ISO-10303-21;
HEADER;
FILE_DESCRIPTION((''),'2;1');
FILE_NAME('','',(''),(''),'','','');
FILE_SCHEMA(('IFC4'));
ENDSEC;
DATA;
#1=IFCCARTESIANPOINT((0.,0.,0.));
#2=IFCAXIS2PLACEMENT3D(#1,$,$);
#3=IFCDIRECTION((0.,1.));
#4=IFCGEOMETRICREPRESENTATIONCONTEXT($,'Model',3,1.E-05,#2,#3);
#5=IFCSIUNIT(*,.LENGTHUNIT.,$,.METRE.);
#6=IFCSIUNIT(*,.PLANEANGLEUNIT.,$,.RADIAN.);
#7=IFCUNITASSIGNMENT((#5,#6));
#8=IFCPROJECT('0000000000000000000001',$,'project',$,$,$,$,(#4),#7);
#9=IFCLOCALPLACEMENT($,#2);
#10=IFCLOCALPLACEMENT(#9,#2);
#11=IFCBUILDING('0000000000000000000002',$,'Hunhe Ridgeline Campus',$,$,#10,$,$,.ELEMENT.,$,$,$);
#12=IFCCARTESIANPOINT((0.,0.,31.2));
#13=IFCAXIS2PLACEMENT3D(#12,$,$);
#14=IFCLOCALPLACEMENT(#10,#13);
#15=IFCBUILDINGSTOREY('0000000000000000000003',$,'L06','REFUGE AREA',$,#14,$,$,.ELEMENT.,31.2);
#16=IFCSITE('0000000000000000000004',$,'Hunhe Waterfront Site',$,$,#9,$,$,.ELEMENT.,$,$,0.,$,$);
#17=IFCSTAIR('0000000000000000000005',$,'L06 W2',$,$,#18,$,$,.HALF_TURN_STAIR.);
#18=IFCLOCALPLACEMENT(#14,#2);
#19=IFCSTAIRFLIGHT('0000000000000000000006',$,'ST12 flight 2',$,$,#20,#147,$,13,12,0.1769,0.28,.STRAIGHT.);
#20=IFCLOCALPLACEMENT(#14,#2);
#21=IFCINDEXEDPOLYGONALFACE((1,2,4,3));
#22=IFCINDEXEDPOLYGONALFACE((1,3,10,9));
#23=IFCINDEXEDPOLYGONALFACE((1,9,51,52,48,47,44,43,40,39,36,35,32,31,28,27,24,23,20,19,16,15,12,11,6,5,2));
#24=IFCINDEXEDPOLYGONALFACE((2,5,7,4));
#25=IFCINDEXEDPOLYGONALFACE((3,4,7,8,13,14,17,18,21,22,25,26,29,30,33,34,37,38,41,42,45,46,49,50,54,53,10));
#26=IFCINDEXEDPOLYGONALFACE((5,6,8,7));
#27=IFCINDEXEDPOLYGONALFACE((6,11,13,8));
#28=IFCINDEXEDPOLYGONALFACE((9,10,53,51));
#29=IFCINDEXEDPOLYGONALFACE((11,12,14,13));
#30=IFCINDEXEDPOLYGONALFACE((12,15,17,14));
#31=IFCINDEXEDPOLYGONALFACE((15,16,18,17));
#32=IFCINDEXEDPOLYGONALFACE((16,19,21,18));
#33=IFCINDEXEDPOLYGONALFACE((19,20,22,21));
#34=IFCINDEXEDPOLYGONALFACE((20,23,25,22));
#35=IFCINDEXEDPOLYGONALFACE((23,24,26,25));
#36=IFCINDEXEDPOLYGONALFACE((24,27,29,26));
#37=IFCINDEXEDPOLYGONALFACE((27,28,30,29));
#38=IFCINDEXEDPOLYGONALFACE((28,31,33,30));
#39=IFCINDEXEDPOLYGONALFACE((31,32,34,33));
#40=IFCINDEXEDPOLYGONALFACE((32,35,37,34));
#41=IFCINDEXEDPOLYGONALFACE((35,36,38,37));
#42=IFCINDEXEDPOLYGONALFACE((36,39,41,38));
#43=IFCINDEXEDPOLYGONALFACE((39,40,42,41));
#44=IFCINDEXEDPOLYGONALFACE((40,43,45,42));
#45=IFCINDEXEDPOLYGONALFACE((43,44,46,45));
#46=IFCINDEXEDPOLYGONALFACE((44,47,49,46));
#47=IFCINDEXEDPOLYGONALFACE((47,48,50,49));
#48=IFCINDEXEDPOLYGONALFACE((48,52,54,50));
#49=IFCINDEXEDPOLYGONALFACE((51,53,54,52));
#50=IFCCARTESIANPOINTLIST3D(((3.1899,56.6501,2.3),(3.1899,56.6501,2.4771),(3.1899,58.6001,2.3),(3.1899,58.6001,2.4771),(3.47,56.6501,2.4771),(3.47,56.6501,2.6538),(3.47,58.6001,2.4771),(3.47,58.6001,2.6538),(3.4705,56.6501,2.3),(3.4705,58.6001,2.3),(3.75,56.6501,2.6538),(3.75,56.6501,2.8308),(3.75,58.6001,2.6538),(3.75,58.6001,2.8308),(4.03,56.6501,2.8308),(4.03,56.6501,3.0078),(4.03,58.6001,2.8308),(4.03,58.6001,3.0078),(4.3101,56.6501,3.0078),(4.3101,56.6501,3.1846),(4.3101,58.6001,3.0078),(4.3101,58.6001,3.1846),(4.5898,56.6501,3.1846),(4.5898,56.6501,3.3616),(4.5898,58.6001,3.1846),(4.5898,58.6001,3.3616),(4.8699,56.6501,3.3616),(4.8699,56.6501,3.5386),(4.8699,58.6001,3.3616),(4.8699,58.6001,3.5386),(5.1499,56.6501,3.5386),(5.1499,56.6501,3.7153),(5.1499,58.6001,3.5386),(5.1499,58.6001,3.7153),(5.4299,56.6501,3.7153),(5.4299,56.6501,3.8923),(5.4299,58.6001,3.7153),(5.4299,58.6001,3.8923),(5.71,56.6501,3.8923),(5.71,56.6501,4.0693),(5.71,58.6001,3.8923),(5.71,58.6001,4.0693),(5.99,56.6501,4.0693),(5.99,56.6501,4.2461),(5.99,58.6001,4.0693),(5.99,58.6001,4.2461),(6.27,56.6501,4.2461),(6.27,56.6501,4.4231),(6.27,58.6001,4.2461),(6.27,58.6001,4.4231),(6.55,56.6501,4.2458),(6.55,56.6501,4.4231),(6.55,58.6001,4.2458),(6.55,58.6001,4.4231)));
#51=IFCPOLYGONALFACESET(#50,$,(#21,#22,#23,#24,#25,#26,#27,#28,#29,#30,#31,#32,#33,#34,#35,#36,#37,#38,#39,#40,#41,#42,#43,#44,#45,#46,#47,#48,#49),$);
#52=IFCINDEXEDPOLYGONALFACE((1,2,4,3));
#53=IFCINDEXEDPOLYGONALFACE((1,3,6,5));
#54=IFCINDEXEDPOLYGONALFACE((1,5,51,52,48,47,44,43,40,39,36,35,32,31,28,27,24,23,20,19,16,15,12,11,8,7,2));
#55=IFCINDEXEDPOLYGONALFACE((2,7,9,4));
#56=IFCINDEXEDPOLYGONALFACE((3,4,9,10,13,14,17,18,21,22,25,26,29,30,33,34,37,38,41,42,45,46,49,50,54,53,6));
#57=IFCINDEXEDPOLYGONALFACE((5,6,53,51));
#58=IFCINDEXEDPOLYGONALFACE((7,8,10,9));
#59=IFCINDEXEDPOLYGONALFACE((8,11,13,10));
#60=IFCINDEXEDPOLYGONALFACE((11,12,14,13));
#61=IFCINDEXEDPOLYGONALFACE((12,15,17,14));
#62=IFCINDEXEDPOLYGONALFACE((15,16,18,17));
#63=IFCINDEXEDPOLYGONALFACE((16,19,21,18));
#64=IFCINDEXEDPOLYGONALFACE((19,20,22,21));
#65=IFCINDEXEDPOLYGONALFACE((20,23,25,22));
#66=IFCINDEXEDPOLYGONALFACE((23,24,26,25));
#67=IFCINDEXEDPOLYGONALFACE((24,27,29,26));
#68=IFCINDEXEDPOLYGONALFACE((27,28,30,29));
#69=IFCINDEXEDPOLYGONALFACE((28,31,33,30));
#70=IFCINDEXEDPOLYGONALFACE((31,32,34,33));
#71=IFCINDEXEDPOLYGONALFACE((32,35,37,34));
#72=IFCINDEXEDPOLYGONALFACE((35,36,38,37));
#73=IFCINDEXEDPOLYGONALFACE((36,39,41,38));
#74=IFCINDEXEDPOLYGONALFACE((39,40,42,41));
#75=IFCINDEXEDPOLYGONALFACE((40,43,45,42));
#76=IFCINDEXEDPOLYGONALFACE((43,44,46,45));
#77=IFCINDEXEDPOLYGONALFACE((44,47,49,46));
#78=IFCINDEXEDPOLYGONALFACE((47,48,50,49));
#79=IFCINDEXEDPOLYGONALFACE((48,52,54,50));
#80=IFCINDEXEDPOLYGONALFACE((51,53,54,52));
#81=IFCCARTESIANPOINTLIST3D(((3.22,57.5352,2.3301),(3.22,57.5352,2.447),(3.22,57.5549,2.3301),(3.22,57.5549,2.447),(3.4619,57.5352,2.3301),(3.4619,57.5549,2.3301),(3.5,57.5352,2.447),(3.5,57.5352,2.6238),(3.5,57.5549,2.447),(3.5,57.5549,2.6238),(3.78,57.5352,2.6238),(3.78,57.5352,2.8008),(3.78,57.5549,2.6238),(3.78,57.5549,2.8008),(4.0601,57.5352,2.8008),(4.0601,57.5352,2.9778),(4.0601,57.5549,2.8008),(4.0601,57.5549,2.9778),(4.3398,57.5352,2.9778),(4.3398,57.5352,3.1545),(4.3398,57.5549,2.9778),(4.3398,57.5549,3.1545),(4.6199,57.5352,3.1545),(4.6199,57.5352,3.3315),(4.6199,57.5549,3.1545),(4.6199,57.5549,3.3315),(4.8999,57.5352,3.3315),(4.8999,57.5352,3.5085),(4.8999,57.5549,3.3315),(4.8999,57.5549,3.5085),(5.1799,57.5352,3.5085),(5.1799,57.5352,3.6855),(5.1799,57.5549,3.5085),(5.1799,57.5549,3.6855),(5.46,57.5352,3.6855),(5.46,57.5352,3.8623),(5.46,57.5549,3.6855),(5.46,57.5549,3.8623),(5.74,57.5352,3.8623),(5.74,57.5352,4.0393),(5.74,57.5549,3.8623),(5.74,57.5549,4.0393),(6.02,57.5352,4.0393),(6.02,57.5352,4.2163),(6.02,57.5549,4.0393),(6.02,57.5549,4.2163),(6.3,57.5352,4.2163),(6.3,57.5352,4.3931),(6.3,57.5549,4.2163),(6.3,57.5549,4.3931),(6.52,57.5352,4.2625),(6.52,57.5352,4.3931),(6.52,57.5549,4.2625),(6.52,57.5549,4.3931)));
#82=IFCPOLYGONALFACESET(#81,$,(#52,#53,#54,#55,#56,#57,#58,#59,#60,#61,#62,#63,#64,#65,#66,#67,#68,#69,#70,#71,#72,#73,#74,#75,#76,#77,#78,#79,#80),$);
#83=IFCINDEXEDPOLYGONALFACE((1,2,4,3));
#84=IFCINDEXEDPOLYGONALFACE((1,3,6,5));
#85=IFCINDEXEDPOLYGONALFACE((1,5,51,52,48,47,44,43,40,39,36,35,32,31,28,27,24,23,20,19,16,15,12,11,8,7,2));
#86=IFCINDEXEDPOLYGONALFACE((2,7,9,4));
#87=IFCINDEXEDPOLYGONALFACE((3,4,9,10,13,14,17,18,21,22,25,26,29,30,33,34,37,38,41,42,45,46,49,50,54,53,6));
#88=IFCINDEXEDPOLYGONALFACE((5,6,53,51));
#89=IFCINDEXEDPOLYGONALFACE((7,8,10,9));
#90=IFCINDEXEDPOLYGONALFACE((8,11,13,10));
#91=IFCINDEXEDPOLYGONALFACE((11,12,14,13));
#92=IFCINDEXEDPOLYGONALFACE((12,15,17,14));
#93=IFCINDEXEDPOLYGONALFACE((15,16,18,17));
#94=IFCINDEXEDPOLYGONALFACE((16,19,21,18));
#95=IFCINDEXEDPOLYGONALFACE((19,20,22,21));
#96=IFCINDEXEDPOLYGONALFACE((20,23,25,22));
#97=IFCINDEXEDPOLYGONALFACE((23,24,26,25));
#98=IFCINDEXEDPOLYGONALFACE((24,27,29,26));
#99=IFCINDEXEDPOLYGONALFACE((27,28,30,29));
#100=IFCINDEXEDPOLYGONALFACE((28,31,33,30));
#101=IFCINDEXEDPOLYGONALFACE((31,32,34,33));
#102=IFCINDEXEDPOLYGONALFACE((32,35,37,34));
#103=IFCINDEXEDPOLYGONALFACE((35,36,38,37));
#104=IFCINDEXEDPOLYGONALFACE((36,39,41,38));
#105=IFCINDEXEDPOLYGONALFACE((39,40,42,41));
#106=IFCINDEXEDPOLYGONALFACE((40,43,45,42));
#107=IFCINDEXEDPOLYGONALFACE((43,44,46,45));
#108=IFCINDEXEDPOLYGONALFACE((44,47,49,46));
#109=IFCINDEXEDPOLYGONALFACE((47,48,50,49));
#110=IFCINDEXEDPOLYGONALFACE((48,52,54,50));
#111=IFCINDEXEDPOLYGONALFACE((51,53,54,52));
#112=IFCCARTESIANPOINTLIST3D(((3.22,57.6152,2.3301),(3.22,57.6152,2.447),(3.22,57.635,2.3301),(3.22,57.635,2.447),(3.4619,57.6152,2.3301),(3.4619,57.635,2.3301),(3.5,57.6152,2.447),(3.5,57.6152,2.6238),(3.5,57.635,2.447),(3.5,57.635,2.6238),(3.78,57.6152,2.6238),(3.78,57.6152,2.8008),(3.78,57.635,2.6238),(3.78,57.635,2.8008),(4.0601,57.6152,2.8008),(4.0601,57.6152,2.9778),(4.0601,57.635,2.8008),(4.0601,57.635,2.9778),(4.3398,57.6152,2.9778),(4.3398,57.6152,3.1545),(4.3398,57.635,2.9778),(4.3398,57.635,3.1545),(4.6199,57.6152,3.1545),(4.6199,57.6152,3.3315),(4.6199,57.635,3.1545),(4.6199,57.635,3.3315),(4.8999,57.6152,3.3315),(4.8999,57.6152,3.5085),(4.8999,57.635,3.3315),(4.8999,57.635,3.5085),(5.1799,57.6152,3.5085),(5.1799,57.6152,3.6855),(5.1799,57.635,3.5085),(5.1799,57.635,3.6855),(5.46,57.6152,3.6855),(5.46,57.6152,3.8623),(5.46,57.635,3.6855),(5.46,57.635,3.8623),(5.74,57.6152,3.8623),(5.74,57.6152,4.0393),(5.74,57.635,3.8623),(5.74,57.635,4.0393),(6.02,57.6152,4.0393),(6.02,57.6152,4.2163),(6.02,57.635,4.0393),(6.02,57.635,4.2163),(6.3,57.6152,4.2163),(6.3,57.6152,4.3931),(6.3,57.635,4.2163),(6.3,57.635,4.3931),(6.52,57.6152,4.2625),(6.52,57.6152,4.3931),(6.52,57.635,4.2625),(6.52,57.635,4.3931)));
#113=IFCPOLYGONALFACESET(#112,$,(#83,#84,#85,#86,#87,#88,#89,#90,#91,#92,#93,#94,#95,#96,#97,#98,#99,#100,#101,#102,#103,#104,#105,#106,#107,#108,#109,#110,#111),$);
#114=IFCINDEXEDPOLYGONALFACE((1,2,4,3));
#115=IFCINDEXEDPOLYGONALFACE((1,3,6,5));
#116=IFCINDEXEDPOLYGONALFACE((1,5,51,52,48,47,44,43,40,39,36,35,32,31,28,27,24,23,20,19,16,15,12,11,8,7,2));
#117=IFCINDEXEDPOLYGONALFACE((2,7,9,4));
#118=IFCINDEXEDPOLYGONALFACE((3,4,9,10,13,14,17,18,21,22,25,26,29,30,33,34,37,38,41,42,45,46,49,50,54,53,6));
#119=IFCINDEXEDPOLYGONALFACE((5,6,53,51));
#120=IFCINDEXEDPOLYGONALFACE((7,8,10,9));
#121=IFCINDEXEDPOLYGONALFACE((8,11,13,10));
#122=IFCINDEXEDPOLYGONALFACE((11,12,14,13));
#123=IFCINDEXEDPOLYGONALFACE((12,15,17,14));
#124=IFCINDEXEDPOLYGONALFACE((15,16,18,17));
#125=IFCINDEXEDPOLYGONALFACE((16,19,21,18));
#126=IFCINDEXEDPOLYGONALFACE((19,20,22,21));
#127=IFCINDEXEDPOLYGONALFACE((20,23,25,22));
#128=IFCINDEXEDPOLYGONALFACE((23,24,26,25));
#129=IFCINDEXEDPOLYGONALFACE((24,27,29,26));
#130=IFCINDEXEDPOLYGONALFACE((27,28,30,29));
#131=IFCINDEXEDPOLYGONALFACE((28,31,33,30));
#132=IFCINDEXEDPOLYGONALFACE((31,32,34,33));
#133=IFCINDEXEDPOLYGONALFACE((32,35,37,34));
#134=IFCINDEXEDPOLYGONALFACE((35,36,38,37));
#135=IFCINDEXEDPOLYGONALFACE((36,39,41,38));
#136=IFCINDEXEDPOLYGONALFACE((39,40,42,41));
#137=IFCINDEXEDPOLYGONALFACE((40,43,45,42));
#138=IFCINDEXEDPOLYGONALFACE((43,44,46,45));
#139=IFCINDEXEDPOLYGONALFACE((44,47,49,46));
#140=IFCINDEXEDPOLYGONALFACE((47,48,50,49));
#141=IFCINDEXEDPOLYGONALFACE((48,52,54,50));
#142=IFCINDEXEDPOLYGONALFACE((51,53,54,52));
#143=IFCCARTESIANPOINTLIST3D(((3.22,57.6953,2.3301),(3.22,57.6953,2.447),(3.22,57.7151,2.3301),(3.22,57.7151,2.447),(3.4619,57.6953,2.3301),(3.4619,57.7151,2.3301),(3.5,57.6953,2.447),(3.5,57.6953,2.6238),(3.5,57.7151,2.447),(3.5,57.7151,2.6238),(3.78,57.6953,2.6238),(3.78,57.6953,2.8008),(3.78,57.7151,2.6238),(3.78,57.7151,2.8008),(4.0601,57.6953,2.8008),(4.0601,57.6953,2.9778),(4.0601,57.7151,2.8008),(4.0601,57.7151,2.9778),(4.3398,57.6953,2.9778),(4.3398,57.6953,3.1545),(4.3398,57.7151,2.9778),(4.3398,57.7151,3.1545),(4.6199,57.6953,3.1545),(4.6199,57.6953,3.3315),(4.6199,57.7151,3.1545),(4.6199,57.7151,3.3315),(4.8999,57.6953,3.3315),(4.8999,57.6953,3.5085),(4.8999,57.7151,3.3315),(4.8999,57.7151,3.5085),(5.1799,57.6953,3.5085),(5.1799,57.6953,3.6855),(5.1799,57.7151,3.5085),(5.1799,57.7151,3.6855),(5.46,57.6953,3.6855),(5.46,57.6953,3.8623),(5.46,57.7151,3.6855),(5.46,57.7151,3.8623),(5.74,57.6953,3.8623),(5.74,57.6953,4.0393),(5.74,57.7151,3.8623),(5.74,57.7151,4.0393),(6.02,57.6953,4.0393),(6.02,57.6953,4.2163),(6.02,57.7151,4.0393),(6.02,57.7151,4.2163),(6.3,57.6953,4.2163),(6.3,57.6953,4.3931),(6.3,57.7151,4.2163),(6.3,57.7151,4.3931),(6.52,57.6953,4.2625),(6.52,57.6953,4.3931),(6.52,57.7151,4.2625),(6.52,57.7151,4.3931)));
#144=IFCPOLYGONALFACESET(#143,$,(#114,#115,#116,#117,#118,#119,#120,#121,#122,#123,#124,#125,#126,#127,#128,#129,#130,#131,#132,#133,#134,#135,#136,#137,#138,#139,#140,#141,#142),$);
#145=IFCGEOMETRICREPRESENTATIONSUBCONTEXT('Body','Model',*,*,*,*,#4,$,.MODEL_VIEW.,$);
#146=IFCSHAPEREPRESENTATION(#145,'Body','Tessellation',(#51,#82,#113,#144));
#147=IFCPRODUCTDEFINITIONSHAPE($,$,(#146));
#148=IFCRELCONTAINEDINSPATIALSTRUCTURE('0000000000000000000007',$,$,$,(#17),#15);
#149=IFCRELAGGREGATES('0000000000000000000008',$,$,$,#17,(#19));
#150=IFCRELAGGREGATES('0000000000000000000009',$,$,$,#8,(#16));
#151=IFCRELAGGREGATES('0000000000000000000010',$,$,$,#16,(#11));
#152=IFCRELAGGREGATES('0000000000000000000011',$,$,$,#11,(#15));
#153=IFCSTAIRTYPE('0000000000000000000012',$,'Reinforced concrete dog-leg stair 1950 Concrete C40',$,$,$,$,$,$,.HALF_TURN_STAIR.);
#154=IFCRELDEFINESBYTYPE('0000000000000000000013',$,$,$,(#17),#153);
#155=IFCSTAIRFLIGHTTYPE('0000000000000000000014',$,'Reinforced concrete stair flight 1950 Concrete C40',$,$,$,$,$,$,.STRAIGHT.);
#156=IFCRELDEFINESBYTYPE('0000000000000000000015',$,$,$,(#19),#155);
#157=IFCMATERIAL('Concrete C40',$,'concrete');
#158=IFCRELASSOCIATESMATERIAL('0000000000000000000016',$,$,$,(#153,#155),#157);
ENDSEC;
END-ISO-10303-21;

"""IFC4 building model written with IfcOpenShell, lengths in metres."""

from ifc_helpers import new_model, si_unit, direction, frame, origin, place, context, subcontext, project, spatial, polyline, outline, extrude, material, type_object, element, aggregate, save


model = new_model("IFC4")

# Units and contexts
model_context = context("Model", 3, precision=1e-05, world=origin(), true_north=direction((0.0, 1.0)))
body_context = subcontext(model_context, "Body", "Model", "MODEL_VIEW")
ifc_project = project(units=[si_unit("LENGTHUNIT", "METRE"), si_unit("PLANEANGLEUNIT", "RADIAN")], contexts=[model_context])

# Site, building, storey
site_placement = place(None, origin())
site = spatial("IfcSite", under=ifc_project, at=site_placement, Name="Hunhe Waterfront Site", CompositionType="ELEMENT", RefElevation=0.0)
building_placement = place(site_placement, origin())
building = spatial("IfcBuilding", under=site, at=building_placement, Name="Hunhe Ridgeline Campus", CompositionType="ELEMENT")
storey_placement = place(building_placement, frame((0.0, 0.0, 31.2)))
storey = spatial("IfcBuildingStorey", under=building, at=storey_placement, Name="L06", Description="REFUGE AREA", CompositionType="ELEMENT", Elevation=31.2)

# Shared definitions
ifc_material_1 = material(Name="Concrete C40", Category="concrete")
stair_type = type_object("IfcStairType", Name="Reinforced concrete dog-leg stair 1950 Concrete C40", PredefinedType="HALF_TURN_STAIR", material=ifc_material_1)
stair_flight_type = type_object("IfcStairFlightType", Name="Reinforced concrete stair flight 1950 Concrete C40", PredefinedType="STRAIGHT", material=ifc_material_1)

# Stair, stair flight
stair_1_placement = place(storey_placement, origin())
stair_1 = element("IfcStair", 1, at=stair_1_placement, inside=storey, type_object=stair_type, Name="L06 W2", PredefinedType="HALF_TURN_STAIR")
stair_flight_1_placement = place(storey_placement, frame((3.1899, 57.625, 2.3), z_axis=(0.0, 0.0, 1.0), x_axis=(1.0, 0.0, 0.0)))
stair_flight_1 = element("IfcStairFlight", 2, at=stair_flight_1_placement, type_object=stair_flight_type, Name="ST12 flight 2", NumberOfRisers=13, NumberOfTreads=12, PredefinedType="STRAIGHT", RiserHeight=0.1769, TreadLength=0.28, context=body_context, shape_type="SweptSolid", body=[
    extrude(outline(polyline([(0.0, 0.0), (0.0, 0.177), (0.28, 0.177), (0.28, 0.3538), (0.5601, 0.3538), (0.5601, 0.5308), (0.8401, 0.5308), (0.8401, 0.7078), (1.1201, 0.7078), (1.1201, 0.8845), (1.3999, 0.8845), (1.3999, 1.0615), (1.6799, 1.0615), (1.6799, 1.2385), (1.96, 1.2385), (1.96, 1.4153), (2.24, 1.4153), (2.24, 1.5923), (2.52, 1.5923), (2.52, 1.7693), (2.8, 1.7693), (2.8, 1.946), (3.0801, 1.946), (3.0801, 2.123), (3.3601, 2.123), (3.3601, 2.3), (3.3601, 1.9458), (0.2805, 0.0), (0.0, 0.0)])), frame((0.0, 0.9751, 0.0), z_axis=(0.0, -1.0, 0.0), x_axis=(1.0, 0.0, 0.0)), (0.0, 0.0, 1.0), 1.95),
    extrude(outline(polyline([(0.03, 0.03), (0.03, 0.147), (0.3101, 0.147), (0.3101, 0.3237), (0.5901, 0.3237), (0.5901, 0.5007), (0.8701, 0.5007), (0.8701, 0.6777), (1.1499, 0.6777), (1.1499, 0.8545), (1.4299, 0.8545), (1.4299, 1.0315), (1.71, 1.0315), (1.71, 1.2085), (1.99, 1.2085), (1.99, 1.3855), (2.27, 1.3855), (2.27, 1.5623), (2.55, 1.5623), (2.55, 1.7393), (2.8301, 1.7393), (2.8301, 1.9163), (3.1101, 1.9163), (3.1101, 2.093), (3.3301, 2.093), (3.3301, 1.9624), (0.272, 0.03), (0.03, 0.03)])), frame((0.0, -0.0701, 0.0), z_axis=(0.0, -1.0, 0.0), x_axis=(1.0, 0.0, 0.0)), (0.0, 0.0, 1.0), 0.0198),
    extrude(outline(polyline([(0.03, 0.03), (0.03, 0.147), (0.3101, 0.147), (0.3101, 0.3237), (0.5901, 0.3237), (0.5901, 0.5007), (0.8701, 0.5007), (0.8701, 0.6777), (1.1499, 0.6777), (1.1499, 0.8545), (1.4299, 0.8545), (1.4299, 1.0315), (1.71, 1.0315), (1.71, 1.2085), (1.99, 1.2085), (1.99, 1.3855), (2.27, 1.3855), (2.27, 1.5623), (2.55, 1.5623), (2.55, 1.7393), (2.8301, 1.7393), (2.8301, 1.9163), (3.1101, 1.9163), (3.1101, 2.093), (3.3301, 2.093), (3.3301, 1.9624), (0.272, 0.03), (0.03, 0.03)])), frame((0.0, 0.01, 0.0), z_axis=(0.0, -1.0, 0.0), x_axis=(1.0, 0.0, 0.0)), (0.0, 0.0, 1.0), 0.0198),
    extrude(outline(polyline([(0.03, 0.03), (0.03, 0.147), (0.3101, 0.147), (0.3101, 0.3237), (0.5901, 0.3237), (0.5901, 0.5007), (0.8701, 0.5007), (0.8701, 0.6777), (1.1499, 0.6777), (1.1499, 0.8545), (1.4299, 0.8545), (1.4299, 1.0315), (1.71, 1.0315), (1.71, 1.2085), (1.99, 1.2085), (1.99, 1.3855), (2.27, 1.3855), (2.27, 1.5623), (2.55, 1.5623), (2.55, 1.7393), (2.8301, 1.7393), (2.8301, 1.9163), (3.1101, 1.9163), (3.1101, 2.093), (3.3301, 2.093), (3.3301, 1.9624), (0.272, 0.03), (0.03, 0.03)])), frame((0.0, 0.0901, 0.0), z_axis=(0.0, -1.0, 0.0), x_axis=(1.0, 0.0, 0.0)), (0.0, 0.0, 1.0), 0.0198),
])
aggregate(stair_1, [stair_flight_1])

save(model, "model.ifc")
